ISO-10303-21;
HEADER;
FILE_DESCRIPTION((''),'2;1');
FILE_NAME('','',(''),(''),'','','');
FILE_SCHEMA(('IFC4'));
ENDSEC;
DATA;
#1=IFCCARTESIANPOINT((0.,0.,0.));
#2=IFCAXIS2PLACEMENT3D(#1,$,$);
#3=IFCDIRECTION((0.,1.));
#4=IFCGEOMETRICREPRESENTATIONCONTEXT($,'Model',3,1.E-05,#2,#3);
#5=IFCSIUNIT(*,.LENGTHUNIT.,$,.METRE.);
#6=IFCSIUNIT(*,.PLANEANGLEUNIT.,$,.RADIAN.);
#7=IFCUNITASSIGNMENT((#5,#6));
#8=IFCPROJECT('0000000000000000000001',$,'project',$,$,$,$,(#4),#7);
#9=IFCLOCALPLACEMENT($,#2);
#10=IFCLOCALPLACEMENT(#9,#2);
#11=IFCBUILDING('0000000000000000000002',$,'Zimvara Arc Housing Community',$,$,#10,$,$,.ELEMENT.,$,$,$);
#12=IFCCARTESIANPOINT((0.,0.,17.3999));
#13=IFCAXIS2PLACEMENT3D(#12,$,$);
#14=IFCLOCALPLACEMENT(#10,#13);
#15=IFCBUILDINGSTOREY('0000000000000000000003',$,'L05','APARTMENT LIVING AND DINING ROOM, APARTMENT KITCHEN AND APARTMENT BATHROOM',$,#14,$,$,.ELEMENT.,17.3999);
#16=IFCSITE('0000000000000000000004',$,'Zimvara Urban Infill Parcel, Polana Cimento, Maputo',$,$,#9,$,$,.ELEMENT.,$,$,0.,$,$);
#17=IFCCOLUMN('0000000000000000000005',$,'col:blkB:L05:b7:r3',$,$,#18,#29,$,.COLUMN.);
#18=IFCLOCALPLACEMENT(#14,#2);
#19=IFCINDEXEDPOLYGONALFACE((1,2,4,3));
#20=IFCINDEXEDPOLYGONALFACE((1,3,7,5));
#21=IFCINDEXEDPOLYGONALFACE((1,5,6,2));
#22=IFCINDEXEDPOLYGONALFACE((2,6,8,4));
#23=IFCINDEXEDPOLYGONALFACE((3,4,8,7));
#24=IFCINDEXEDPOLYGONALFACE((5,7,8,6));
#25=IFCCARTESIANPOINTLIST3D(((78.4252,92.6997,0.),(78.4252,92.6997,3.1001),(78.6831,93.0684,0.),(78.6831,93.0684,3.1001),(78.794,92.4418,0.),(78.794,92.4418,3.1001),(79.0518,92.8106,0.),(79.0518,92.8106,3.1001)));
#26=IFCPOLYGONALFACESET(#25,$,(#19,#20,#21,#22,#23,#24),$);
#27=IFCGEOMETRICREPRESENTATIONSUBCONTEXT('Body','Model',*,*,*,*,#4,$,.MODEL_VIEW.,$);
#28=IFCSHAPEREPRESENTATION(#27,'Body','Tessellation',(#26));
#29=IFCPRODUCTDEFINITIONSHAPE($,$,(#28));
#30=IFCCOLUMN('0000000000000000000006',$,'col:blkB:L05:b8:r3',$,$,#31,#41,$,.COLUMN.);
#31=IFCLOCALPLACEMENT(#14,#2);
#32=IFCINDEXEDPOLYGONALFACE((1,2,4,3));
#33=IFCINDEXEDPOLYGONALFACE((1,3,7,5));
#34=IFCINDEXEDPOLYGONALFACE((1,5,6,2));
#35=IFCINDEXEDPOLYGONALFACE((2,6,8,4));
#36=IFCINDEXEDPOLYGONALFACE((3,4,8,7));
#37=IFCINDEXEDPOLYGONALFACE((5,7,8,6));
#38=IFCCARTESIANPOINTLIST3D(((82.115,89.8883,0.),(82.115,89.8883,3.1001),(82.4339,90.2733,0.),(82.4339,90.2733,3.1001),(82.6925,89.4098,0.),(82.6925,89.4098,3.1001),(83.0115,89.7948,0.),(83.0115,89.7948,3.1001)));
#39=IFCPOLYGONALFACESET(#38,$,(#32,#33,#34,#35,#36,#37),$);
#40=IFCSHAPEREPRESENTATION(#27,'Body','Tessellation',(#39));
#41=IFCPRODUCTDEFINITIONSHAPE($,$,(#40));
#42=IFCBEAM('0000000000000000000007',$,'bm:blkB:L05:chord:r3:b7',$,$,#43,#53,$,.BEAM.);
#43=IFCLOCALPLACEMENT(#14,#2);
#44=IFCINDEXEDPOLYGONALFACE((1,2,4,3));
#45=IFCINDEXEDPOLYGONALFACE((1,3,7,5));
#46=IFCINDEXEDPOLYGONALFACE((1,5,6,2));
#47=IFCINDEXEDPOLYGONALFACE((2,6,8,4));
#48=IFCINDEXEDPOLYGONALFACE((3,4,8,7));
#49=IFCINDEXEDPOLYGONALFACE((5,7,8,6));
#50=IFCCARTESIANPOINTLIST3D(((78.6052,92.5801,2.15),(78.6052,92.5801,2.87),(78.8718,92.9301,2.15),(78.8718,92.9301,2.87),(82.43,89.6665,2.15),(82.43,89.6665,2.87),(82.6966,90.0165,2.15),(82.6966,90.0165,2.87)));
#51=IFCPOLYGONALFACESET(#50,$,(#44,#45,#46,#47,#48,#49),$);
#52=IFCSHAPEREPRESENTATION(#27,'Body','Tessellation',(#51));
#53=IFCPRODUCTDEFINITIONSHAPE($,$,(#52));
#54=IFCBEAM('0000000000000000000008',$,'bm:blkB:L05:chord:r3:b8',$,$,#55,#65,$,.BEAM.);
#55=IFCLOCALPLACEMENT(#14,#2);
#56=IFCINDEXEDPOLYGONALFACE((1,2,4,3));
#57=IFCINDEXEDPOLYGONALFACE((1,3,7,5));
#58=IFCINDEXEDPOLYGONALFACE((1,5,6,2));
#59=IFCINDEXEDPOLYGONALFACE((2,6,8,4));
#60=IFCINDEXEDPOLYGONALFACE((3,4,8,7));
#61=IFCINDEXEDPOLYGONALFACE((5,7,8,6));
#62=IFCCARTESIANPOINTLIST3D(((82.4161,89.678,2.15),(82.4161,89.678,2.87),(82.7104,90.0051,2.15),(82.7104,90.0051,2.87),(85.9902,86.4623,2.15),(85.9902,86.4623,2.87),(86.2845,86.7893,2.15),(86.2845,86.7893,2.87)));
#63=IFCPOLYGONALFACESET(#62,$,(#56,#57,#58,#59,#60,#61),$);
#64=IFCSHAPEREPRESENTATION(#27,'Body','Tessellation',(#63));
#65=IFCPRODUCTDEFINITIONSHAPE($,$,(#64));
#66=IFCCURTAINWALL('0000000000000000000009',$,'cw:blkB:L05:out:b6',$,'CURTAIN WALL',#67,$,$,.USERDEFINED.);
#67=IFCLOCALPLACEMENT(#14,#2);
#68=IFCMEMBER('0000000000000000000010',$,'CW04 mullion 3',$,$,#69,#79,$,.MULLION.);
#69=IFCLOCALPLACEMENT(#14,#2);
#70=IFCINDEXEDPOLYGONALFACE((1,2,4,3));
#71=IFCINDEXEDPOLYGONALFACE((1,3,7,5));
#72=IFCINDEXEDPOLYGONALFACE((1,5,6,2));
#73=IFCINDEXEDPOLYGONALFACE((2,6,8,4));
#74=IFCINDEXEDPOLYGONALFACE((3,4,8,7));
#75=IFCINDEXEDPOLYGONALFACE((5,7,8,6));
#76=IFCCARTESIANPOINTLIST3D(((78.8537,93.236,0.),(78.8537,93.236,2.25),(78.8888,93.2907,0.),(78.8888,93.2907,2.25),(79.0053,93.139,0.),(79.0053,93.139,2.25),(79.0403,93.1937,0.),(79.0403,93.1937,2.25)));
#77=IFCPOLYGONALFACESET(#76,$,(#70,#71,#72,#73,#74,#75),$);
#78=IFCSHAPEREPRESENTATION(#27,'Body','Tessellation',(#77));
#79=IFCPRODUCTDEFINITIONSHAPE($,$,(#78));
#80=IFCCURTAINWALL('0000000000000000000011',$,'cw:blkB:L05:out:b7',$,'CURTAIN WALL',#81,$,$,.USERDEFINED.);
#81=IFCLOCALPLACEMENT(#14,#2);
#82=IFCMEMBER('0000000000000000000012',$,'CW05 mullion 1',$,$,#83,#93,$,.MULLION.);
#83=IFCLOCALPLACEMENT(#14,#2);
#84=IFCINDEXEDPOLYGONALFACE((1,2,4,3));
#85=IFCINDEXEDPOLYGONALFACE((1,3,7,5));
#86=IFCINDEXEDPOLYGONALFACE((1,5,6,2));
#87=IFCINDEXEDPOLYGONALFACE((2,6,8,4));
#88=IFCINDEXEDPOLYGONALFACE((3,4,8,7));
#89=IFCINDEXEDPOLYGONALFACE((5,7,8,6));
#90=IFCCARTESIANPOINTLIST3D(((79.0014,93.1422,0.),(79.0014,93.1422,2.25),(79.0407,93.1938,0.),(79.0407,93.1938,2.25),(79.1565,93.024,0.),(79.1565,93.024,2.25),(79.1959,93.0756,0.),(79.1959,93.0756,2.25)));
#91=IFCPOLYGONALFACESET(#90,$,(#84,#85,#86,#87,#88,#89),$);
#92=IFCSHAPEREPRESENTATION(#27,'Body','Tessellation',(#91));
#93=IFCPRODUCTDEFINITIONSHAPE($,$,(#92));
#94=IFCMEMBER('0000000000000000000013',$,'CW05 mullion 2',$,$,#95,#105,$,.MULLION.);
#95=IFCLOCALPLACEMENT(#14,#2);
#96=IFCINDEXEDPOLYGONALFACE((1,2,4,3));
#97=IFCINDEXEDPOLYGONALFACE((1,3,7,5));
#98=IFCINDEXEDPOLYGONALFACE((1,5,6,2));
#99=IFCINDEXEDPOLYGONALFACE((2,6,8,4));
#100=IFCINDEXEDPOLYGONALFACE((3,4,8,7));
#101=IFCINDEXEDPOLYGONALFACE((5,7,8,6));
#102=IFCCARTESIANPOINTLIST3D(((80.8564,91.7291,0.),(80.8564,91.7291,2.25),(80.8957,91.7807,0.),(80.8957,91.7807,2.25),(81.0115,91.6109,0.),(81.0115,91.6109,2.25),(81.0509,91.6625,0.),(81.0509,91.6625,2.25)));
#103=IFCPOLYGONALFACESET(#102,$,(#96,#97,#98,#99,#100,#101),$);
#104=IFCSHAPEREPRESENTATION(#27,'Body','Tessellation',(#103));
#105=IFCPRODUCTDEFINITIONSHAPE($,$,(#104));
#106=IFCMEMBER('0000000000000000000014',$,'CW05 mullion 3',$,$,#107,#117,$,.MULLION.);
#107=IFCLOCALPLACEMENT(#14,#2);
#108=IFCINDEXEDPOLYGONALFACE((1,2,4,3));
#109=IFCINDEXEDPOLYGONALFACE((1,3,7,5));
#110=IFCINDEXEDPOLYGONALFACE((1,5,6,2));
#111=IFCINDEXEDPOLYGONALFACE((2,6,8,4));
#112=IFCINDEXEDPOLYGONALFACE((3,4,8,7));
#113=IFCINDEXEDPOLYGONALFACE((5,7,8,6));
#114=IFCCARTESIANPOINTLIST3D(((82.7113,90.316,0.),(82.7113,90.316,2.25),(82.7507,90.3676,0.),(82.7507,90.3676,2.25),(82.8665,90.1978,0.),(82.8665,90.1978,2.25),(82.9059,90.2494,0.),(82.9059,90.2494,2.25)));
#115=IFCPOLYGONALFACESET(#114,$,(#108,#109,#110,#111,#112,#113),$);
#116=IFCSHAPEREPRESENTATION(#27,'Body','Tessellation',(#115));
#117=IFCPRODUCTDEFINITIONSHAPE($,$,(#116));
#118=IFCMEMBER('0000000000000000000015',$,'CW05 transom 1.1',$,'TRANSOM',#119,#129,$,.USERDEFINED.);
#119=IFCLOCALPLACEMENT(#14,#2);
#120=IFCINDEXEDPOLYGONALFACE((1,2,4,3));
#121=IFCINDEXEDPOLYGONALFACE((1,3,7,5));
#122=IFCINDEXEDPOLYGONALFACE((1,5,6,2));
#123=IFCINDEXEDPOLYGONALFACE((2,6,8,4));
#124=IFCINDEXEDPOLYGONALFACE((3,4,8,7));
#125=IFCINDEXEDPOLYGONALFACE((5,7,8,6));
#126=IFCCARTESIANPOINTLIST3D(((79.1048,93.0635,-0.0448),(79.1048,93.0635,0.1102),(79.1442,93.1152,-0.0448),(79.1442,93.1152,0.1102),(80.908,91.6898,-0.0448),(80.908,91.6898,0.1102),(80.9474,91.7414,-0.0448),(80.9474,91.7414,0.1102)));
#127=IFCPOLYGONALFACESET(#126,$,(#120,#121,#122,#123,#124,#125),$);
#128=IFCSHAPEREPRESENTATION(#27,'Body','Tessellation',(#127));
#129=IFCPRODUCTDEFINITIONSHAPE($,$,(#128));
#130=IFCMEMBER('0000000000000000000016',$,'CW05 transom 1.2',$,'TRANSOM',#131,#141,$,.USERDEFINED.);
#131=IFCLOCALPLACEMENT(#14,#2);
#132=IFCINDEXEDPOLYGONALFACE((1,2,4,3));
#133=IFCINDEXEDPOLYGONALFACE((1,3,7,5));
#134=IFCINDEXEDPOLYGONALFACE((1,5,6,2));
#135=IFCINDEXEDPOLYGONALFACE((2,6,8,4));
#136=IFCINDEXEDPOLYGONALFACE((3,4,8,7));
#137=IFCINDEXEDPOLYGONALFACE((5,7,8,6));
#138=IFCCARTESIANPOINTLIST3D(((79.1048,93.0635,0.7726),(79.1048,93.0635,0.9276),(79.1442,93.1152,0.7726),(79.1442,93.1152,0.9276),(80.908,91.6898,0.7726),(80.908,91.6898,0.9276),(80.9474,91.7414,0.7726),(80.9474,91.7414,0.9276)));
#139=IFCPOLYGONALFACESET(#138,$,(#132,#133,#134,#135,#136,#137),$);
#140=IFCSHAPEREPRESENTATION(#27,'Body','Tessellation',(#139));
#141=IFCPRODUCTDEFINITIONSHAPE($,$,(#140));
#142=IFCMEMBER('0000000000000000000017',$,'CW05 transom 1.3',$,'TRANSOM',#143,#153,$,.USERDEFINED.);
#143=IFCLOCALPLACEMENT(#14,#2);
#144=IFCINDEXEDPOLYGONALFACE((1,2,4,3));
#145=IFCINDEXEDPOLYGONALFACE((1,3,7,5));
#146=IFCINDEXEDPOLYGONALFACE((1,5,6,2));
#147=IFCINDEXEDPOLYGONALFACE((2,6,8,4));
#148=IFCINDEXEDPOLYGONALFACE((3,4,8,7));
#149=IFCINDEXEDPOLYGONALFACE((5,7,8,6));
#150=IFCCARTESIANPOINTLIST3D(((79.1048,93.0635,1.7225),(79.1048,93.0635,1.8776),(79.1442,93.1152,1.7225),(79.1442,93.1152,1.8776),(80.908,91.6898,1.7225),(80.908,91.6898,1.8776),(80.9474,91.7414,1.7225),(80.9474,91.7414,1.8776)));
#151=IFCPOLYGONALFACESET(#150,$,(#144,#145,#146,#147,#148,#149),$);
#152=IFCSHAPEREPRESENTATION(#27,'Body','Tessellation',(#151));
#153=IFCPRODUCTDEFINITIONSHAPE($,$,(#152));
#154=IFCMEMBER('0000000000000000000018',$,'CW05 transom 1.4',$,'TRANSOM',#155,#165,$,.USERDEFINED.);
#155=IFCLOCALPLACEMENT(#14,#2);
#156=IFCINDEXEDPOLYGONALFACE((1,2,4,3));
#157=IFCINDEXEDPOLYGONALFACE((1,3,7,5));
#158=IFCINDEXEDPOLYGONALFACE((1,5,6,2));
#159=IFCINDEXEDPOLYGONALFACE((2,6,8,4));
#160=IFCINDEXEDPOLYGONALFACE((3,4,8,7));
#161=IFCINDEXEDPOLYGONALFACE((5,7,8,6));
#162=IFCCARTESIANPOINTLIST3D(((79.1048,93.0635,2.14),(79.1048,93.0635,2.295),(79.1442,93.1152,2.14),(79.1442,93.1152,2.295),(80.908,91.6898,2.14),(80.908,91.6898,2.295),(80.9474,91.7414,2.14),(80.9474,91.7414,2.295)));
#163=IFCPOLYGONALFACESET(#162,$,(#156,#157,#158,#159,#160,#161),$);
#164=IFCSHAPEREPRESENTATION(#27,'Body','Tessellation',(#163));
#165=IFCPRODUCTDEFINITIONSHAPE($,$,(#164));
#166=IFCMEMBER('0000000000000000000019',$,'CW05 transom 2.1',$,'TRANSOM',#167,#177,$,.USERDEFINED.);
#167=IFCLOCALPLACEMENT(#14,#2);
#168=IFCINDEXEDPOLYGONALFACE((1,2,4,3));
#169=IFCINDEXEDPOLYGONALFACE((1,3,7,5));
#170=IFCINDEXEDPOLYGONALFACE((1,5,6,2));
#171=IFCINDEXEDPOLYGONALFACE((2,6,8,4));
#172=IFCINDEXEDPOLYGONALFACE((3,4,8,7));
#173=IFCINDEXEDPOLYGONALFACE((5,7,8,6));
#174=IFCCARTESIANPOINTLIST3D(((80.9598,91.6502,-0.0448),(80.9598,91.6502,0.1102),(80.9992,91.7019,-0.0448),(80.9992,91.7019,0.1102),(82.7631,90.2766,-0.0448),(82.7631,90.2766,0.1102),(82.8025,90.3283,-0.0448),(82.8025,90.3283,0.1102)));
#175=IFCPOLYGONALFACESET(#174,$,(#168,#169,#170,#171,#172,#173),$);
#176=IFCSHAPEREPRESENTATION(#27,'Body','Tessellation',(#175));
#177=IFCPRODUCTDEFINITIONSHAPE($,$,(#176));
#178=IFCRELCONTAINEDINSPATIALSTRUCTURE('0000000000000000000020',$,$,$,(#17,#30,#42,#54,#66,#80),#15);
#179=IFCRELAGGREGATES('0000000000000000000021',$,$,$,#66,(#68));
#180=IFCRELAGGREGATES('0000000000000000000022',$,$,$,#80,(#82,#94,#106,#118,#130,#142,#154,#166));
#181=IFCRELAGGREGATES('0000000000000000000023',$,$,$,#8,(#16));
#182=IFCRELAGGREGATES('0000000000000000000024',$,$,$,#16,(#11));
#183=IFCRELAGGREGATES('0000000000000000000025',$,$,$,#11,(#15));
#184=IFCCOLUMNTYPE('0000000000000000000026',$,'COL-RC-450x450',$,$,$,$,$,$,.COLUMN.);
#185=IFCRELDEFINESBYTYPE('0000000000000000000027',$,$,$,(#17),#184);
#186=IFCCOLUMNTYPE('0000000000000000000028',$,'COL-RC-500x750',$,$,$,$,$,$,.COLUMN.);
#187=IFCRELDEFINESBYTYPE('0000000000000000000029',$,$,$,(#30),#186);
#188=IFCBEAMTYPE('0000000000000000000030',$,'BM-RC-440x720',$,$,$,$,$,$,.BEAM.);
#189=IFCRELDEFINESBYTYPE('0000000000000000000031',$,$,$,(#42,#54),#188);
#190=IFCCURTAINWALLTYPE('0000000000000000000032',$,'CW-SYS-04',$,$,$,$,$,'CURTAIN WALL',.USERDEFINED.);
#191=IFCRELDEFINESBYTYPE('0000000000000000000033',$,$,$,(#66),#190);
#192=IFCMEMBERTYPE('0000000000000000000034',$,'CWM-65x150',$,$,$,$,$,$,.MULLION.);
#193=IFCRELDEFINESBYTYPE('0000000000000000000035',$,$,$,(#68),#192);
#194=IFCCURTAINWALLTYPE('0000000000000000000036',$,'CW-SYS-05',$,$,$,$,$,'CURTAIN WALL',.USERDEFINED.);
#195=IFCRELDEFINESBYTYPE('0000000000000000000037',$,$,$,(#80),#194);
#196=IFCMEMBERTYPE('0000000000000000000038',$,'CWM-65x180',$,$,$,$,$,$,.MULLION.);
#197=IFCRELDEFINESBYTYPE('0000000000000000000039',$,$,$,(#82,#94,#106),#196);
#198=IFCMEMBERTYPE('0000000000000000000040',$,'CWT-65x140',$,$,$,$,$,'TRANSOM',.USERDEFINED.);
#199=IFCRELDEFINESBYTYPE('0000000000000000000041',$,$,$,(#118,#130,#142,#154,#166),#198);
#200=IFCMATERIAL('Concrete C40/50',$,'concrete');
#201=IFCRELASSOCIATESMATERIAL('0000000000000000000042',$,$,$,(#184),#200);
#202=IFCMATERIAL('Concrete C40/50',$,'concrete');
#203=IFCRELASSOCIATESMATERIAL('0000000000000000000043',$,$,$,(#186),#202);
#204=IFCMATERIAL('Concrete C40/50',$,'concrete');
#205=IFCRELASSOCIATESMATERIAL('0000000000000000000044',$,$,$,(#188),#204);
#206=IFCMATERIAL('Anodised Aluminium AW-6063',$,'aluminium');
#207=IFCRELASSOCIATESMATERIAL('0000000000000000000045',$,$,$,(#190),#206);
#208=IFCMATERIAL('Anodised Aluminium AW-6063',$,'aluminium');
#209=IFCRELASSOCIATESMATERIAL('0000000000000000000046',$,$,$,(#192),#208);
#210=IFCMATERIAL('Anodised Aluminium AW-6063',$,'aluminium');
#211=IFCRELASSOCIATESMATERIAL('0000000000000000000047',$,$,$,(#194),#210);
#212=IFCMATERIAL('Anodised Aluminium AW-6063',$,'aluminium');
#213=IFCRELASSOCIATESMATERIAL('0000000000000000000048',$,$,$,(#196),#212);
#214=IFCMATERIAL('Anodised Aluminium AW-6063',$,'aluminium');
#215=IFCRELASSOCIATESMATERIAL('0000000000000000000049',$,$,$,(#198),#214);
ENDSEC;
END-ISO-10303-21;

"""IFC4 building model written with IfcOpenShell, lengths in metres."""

from ifc_helpers import new_model, si_unit, direction, frame, origin, origin_2d, place, context, subcontext, project, spatial, rectangle, extrude, material, material_profile, profile_set, type_object, element, aggregate, save


model = new_model("IFC4")

# Units and contexts
model_context = context("Model", 3, precision=1e-05, world=origin(), true_north=direction((0.0, 1.0)))
body_context = subcontext(model_context, "Body", "Model", "MODEL_VIEW")
ifc_project = project(units=[si_unit("LENGTHUNIT", "METRE"), si_unit("PLANEANGLEUNIT", "RADIAN")], contexts=[model_context])

# Site, building, storey
site_placement = place(None, origin())
site = spatial("IfcSite", under=ifc_project, at=site_placement, Name="Zimvara Urban Infill Parcel, Polana Cimento, Maputo", CompositionType="ELEMENT", RefElevation=0.0)
building_placement = place(site_placement, origin())
building = spatial("IfcBuilding", under=site, at=building_placement, Name="Zimvara Arc Housing Community", CompositionType="ELEMENT")
storey_placement = place(building_placement, frame((0.0, 0.0, 17.3999)))
storey = spatial("IfcBuildingStorey", under=building, at=storey_placement, Name="L05", Description="APARTMENT LIVING AND DINING ROOM, APARTMENT KITCHEN AND APARTMENT BATHROOM", CompositionType="ELEMENT", Elevation=17.3999)

# Columns
ifc_material_1 = material(Name="Concrete C40/50", Category="concrete")
ifc_material_profile_1 = material_profile(ifc_material_1, rectangle(XDim=0.45, YDim=0.45, at=origin_2d()), Name="RC 450x450")
ifc_profile_set_1 = profile_set([ifc_material_profile_1], Name="Concrete C40/50")
column_type_1 = type_object("IfcColumnType", Name="COL-RC-450x450", PredefinedType="COLUMN", material=ifc_profile_set_1)
column_1_placement = place(storey_placement, frame((78.7385, 92.7551, 0.0), z_axis=(0.0, 0.0, 1.0), x_axis=(0.573004, 0.819552, 0.0)))
element("IfcColumn", 1, at=column_1_placement, inside=storey, type_object=column_type_1, Name="col:blkB:L05:b7:r3", PredefinedType="COLUMN", context=body_context, shape_type="SweptSolid", body=[
    extrude(rectangle(XDim=0.45, YDim=0.45, at=origin_2d()), origin(), (0.0, 0.0, 1.0), 3.1001),
])
ifc_material_2 = material(Name="Concrete C40/50", Category="concrete")
ifc_material_profile_2 = material_profile(ifc_material_2, rectangle(XDim=0.5, YDim=0.75, at=origin_2d()), Name="RC 500x750")
ifc_profile_set_2 = profile_set([ifc_material_profile_2], Name="Concrete C40/50")
column_type_2 = type_object("IfcColumnType", Name="COL-RC-500x750", PredefinedType="COLUMN", material=ifc_profile_set_2)
column_2_placement = place(storey_placement, frame((82.5632, 89.8416, 0.0), z_axis=(0.0, 0.0, 1.0), x_axis=(0.637962, 0.770068, 0.0)))
element("IfcColumn", 2, at=column_2_placement, inside=storey, type_object=column_type_2, Name="col:blkB:L05:b8:r3", PredefinedType="COLUMN", context=body_context, shape_type="SweptSolid", body=[
    extrude(rectangle(XDim=0.5, YDim=0.75, at=origin_2d()), origin(), (0.0, 0.0, 1.0), 3.1001),
])

# Beams
ifc_material_3 = material(Name="Concrete C40/50", Category="concrete")
ifc_material_profile_3 = material_profile(ifc_material_3, rectangle(XDim=0.4399, YDim=0.72, at=origin_2d()), Name="RC 440x720")
ifc_profile_set_3 = profile_set([ifc_material_profile_3], Name="Concrete C40/50")
beam_type = type_object("IfcBeamType", Name="BM-RC-440x720", PredefinedType="BEAM", material=ifc_profile_set_3)
beam_1_placement = place(storey_placement, frame((78.7385, 92.7551, 2.51), z_axis=(0.795481, -0.605979, 0.0), x_axis=(0.605979, 0.795481, 0.0)))
element("IfcBeam", 3, at=beam_1_placement, inside=storey, type_object=beam_type, Name="bm:blkB:L05:chord:r3:b7", PredefinedType="BEAM", context=body_context, shape_type="SweptSolid", body=[
    extrude(rectangle(XDim=0.4399, YDim=0.72, at=origin_2d()), origin(), (0.0, 0.0, 1.0), 4.8081),
])
beam_2_placement = place(storey_placement, frame((82.5632, 89.8416, 2.51), z_axis=(0.743395, -0.668853, 0.0), x_axis=(0.668853, 0.743395, 0.0)))
element("IfcBeam", 4, at=beam_2_placement, inside=storey, type_object=beam_type, Name="bm:blkB:L05:chord:r3:b8", PredefinedType="BEAM", context=body_context, shape_type="SweptSolid", body=[
    extrude(rectangle(XDim=0.4399, YDim=0.72, at=origin_2d()), origin(), (0.0, 0.0, 1.0), 4.8079),
])

# Curtain wall, member
ifc_material_4 = material(Name="Anodised Aluminium AW-6063", Category="aluminium")
curtain_wall_type_1 = type_object("IfcCurtainWallType", Name="CW-SYS-04", ElementType="CURTAIN WALL", PredefinedType="USERDEFINED", material=ifc_material_4)
curtain_wall_1_placement = place(storey_placement, origin())
curtain_wall_1 = element("IfcCurtainWall", 5, at=curtain_wall_1_placement, inside=storey, type_object=curtain_wall_type_1, Name="cw:blkB:L05:out:b6", ObjectType="CURTAIN WALL", PredefinedType="USERDEFINED")
ifc_material_5 = material(Name="Anodised Aluminium AW-6063", Category="aluminium")
ifc_material_profile_4 = material_profile(ifc_material_5, rectangle(XDim=0.0649, YDim=0.1799, at=origin_2d()), Name="ALU 65x180")
ifc_profile_set_4 = profile_set([ifc_material_profile_4], Name="Anodised Aluminium AW-6063")
member_type_1 = type_object("IfcMemberType", Name="CWM-65x150", PredefinedType="MULLION", material=ifc_profile_set_4)
member_1_placement = place(storey_placement, frame((78.947, 93.2148, 0.0), z_axis=(0.0, 0.0, 1.0), x_axis=(0.539065, 0.842264, 0.0)))
member_1 = element("IfcMember", 6, at=member_1_placement, type_object=member_type_1, Name="CW04 mullion 3", PredefinedType="MULLION", context=body_context, shape_type="SweptSolid", body=[
    extrude(rectangle(XDim=0.0649, YDim=0.1799, at=origin_2d()), origin(), (0.0, 0.0, 1.0), 2.25),
])

# Curtain wall, members
ifc_material_6 = material(Name="Anodised Aluminium AW-6063", Category="aluminium")
curtain_wall_type_2 = type_object("IfcCurtainWallType", Name="CW-SYS-05", ElementType="CURTAIN WALL", PredefinedType="USERDEFINED", material=ifc_material_6)
curtain_wall_2_placement = place(storey_placement, origin())
curtain_wall_2 = element("IfcCurtainWall", 7, at=curtain_wall_2_placement, inside=storey, type_object=curtain_wall_type_2, Name="cw:blkB:L05:out:b7", ObjectType="CURTAIN WALL", PredefinedType="USERDEFINED")
ifc_material_7 = material(Name="Anodised Aluminium AW-6063", Category="aluminium")
ifc_material_profile_5 = material_profile(ifc_material_7, rectangle(XDim=0.0649, YDim=0.1951, at=origin_2d()), Name="ALU 65x195")
ifc_profile_set_5 = profile_set([ifc_material_profile_5], Name="Anodised Aluminium AW-6063")
member_type_2 = type_object("IfcMemberType", Name="CWM-65x180", PredefinedType="MULLION", material=ifc_profile_set_5)
member_2_placement = place(storey_placement, frame((79.0986, 93.1089, 0.0), z_axis=(0.0, 0.0, 1.0), x_axis=(0.605988, 0.795474, 0.0)))
member_2 = element("IfcMember", 8, at=member_2_placement, type_object=member_type_2, Name="CW05 mullion 1", PredefinedType="MULLION", context=body_context, shape_type="SweptSolid", body=[
    extrude(rectangle(XDim=0.0649, YDim=0.1951, at=origin_2d()), origin(), (0.0, 0.0, 1.0), 2.25),
])
member_3_placement = place(storey_placement, frame((80.9536, 91.6958, 0.0), z_axis=(0.0, 0.0, 1.0), x_axis=(0.605988, 0.795474, 0.0)))
member_3 = element("IfcMember", 9, at=member_3_placement, type_object=member_type_2, Name="CW05 mullion 2", PredefinedType="MULLION", context=body_context, shape_type="SweptSolid", body=[
    extrude(rectangle(XDim=0.0649, YDim=0.1951, at=origin_2d()), origin(), (0.0, 0.0, 1.0), 2.25),
])
member_4_placement = place(storey_placement, frame((82.8086, 90.2827, 0.0), z_axis=(0.0, 0.0, 1.0), x_axis=(0.605988, 0.795474, 0.0)))
member_4 = element("IfcMember", 10, at=member_4_placement, type_object=member_type_2, Name="CW05 mullion 3", PredefinedType="MULLION", context=body_context, shape_type="SweptSolid", body=[
    extrude(rectangle(XDim=0.0649, YDim=0.1951, at=origin_2d()), origin(), (0.0, 0.0, 1.0), 2.25),
])
ifc_material_8 = material(Name="Anodised Aluminium AW-6063", Category="aluminium")
ifc_material_profile_6 = material_profile(ifc_material_8, rectangle(XDim=0.0649, YDim=0.155, at=origin_2d()), Name="ALU 65x155")
ifc_profile_set_6 = profile_set([ifc_material_profile_6], Name="Anodised Aluminium AW-6063")
member_type_3 = type_object("IfcMemberType", Name="CWT-65x140", ElementType="TRANSOM", PredefinedType="USERDEFINED", material=ifc_profile_set_6)
member_5_placement = place(storey_placement, frame((79.1245, 93.0894, 0.0327), z_axis=(0.795454, -0.606014, 0.0), x_axis=(0.606014, 0.795454, 0.0)))
member_5 = element("IfcMember", 11, at=member_5_placement, type_object=member_type_3, Name="CW05 transom 1.1", ObjectType="TRANSOM", PredefinedType="USERDEFINED", context=body_context, shape_type="SweptSolid", body=[
    extrude(rectangle(XDim=0.0649, YDim=0.155, at=origin_2d()), origin(), (0.0, 0.0, 1.0), 2.2668),
])
member_6_placement = place(storey_placement, frame((79.1245, 93.0894, 0.8501), z_axis=(0.795454, -0.606014, 0.0), x_axis=(0.606014, 0.795454, 0.0)))
member_6 = element("IfcMember", 12, at=member_6_placement, type_object=member_type_3, Name="CW05 transom 1.2", ObjectType="TRANSOM", PredefinedType="USERDEFINED", context=body_context, shape_type="SweptSolid", body=[
    extrude(rectangle(XDim=0.0649, YDim=0.155, at=origin_2d()), origin(), (0.0, 0.0, 1.0), 2.2668),
])
member_7_placement = place(storey_placement, frame((79.1245, 93.0894, 1.8), z_axis=(0.795454, -0.606014, 0.0), x_axis=(0.606014, 0.795454, 0.0)))
member_7 = element("IfcMember", 13, at=member_7_placement, type_object=member_type_3, Name="CW05 transom 1.3", ObjectType="TRANSOM", PredefinedType="USERDEFINED", context=body_context, shape_type="SweptSolid", body=[
    extrude(rectangle(XDim=0.0649, YDim=0.155, at=origin_2d()), origin(), (0.0, 0.0, 1.0), 2.2668),
])
member_8_placement = place(storey_placement, frame((79.1245, 93.0894, 2.2175), z_axis=(0.795454, -0.606014, 0.0), x_axis=(0.606014, 0.795454, 0.0)))
member_8 = element("IfcMember", 14, at=member_8_placement, type_object=member_type_3, Name="CW05 transom 1.4", ObjectType="TRANSOM", PredefinedType="USERDEFINED", context=body_context, shape_type="SweptSolid", body=[
    extrude(rectangle(XDim=0.0649, YDim=0.155, at=origin_2d()), origin(), (0.0, 0.0, 1.0), 2.2668),
])
member_9_placement = place(storey_placement, frame((80.9795, 91.676, 0.0327), z_axis=(0.795506, -0.605946, 0.0), x_axis=(0.605946, 0.795506, 0.0)))
member_9 = element("IfcMember", 15, at=member_9_placement, type_object=member_type_3, Name="CW05 transom 2.1", ObjectType="TRANSOM", PredefinedType="USERDEFINED", context=body_context, shape_type="SweptSolid", body=[
    extrude(rectangle(XDim=0.0649, YDim=0.155, at=origin_2d()), origin(), (0.0, 0.0, 1.0), 2.2668),
])

aggregate(curtain_wall_1, [member_1])
aggregate(curtain_wall_2, [member_2, member_3, member_4, member_5, member_6, member_7, member_8, member_9])

save(model, "model.ifc")
